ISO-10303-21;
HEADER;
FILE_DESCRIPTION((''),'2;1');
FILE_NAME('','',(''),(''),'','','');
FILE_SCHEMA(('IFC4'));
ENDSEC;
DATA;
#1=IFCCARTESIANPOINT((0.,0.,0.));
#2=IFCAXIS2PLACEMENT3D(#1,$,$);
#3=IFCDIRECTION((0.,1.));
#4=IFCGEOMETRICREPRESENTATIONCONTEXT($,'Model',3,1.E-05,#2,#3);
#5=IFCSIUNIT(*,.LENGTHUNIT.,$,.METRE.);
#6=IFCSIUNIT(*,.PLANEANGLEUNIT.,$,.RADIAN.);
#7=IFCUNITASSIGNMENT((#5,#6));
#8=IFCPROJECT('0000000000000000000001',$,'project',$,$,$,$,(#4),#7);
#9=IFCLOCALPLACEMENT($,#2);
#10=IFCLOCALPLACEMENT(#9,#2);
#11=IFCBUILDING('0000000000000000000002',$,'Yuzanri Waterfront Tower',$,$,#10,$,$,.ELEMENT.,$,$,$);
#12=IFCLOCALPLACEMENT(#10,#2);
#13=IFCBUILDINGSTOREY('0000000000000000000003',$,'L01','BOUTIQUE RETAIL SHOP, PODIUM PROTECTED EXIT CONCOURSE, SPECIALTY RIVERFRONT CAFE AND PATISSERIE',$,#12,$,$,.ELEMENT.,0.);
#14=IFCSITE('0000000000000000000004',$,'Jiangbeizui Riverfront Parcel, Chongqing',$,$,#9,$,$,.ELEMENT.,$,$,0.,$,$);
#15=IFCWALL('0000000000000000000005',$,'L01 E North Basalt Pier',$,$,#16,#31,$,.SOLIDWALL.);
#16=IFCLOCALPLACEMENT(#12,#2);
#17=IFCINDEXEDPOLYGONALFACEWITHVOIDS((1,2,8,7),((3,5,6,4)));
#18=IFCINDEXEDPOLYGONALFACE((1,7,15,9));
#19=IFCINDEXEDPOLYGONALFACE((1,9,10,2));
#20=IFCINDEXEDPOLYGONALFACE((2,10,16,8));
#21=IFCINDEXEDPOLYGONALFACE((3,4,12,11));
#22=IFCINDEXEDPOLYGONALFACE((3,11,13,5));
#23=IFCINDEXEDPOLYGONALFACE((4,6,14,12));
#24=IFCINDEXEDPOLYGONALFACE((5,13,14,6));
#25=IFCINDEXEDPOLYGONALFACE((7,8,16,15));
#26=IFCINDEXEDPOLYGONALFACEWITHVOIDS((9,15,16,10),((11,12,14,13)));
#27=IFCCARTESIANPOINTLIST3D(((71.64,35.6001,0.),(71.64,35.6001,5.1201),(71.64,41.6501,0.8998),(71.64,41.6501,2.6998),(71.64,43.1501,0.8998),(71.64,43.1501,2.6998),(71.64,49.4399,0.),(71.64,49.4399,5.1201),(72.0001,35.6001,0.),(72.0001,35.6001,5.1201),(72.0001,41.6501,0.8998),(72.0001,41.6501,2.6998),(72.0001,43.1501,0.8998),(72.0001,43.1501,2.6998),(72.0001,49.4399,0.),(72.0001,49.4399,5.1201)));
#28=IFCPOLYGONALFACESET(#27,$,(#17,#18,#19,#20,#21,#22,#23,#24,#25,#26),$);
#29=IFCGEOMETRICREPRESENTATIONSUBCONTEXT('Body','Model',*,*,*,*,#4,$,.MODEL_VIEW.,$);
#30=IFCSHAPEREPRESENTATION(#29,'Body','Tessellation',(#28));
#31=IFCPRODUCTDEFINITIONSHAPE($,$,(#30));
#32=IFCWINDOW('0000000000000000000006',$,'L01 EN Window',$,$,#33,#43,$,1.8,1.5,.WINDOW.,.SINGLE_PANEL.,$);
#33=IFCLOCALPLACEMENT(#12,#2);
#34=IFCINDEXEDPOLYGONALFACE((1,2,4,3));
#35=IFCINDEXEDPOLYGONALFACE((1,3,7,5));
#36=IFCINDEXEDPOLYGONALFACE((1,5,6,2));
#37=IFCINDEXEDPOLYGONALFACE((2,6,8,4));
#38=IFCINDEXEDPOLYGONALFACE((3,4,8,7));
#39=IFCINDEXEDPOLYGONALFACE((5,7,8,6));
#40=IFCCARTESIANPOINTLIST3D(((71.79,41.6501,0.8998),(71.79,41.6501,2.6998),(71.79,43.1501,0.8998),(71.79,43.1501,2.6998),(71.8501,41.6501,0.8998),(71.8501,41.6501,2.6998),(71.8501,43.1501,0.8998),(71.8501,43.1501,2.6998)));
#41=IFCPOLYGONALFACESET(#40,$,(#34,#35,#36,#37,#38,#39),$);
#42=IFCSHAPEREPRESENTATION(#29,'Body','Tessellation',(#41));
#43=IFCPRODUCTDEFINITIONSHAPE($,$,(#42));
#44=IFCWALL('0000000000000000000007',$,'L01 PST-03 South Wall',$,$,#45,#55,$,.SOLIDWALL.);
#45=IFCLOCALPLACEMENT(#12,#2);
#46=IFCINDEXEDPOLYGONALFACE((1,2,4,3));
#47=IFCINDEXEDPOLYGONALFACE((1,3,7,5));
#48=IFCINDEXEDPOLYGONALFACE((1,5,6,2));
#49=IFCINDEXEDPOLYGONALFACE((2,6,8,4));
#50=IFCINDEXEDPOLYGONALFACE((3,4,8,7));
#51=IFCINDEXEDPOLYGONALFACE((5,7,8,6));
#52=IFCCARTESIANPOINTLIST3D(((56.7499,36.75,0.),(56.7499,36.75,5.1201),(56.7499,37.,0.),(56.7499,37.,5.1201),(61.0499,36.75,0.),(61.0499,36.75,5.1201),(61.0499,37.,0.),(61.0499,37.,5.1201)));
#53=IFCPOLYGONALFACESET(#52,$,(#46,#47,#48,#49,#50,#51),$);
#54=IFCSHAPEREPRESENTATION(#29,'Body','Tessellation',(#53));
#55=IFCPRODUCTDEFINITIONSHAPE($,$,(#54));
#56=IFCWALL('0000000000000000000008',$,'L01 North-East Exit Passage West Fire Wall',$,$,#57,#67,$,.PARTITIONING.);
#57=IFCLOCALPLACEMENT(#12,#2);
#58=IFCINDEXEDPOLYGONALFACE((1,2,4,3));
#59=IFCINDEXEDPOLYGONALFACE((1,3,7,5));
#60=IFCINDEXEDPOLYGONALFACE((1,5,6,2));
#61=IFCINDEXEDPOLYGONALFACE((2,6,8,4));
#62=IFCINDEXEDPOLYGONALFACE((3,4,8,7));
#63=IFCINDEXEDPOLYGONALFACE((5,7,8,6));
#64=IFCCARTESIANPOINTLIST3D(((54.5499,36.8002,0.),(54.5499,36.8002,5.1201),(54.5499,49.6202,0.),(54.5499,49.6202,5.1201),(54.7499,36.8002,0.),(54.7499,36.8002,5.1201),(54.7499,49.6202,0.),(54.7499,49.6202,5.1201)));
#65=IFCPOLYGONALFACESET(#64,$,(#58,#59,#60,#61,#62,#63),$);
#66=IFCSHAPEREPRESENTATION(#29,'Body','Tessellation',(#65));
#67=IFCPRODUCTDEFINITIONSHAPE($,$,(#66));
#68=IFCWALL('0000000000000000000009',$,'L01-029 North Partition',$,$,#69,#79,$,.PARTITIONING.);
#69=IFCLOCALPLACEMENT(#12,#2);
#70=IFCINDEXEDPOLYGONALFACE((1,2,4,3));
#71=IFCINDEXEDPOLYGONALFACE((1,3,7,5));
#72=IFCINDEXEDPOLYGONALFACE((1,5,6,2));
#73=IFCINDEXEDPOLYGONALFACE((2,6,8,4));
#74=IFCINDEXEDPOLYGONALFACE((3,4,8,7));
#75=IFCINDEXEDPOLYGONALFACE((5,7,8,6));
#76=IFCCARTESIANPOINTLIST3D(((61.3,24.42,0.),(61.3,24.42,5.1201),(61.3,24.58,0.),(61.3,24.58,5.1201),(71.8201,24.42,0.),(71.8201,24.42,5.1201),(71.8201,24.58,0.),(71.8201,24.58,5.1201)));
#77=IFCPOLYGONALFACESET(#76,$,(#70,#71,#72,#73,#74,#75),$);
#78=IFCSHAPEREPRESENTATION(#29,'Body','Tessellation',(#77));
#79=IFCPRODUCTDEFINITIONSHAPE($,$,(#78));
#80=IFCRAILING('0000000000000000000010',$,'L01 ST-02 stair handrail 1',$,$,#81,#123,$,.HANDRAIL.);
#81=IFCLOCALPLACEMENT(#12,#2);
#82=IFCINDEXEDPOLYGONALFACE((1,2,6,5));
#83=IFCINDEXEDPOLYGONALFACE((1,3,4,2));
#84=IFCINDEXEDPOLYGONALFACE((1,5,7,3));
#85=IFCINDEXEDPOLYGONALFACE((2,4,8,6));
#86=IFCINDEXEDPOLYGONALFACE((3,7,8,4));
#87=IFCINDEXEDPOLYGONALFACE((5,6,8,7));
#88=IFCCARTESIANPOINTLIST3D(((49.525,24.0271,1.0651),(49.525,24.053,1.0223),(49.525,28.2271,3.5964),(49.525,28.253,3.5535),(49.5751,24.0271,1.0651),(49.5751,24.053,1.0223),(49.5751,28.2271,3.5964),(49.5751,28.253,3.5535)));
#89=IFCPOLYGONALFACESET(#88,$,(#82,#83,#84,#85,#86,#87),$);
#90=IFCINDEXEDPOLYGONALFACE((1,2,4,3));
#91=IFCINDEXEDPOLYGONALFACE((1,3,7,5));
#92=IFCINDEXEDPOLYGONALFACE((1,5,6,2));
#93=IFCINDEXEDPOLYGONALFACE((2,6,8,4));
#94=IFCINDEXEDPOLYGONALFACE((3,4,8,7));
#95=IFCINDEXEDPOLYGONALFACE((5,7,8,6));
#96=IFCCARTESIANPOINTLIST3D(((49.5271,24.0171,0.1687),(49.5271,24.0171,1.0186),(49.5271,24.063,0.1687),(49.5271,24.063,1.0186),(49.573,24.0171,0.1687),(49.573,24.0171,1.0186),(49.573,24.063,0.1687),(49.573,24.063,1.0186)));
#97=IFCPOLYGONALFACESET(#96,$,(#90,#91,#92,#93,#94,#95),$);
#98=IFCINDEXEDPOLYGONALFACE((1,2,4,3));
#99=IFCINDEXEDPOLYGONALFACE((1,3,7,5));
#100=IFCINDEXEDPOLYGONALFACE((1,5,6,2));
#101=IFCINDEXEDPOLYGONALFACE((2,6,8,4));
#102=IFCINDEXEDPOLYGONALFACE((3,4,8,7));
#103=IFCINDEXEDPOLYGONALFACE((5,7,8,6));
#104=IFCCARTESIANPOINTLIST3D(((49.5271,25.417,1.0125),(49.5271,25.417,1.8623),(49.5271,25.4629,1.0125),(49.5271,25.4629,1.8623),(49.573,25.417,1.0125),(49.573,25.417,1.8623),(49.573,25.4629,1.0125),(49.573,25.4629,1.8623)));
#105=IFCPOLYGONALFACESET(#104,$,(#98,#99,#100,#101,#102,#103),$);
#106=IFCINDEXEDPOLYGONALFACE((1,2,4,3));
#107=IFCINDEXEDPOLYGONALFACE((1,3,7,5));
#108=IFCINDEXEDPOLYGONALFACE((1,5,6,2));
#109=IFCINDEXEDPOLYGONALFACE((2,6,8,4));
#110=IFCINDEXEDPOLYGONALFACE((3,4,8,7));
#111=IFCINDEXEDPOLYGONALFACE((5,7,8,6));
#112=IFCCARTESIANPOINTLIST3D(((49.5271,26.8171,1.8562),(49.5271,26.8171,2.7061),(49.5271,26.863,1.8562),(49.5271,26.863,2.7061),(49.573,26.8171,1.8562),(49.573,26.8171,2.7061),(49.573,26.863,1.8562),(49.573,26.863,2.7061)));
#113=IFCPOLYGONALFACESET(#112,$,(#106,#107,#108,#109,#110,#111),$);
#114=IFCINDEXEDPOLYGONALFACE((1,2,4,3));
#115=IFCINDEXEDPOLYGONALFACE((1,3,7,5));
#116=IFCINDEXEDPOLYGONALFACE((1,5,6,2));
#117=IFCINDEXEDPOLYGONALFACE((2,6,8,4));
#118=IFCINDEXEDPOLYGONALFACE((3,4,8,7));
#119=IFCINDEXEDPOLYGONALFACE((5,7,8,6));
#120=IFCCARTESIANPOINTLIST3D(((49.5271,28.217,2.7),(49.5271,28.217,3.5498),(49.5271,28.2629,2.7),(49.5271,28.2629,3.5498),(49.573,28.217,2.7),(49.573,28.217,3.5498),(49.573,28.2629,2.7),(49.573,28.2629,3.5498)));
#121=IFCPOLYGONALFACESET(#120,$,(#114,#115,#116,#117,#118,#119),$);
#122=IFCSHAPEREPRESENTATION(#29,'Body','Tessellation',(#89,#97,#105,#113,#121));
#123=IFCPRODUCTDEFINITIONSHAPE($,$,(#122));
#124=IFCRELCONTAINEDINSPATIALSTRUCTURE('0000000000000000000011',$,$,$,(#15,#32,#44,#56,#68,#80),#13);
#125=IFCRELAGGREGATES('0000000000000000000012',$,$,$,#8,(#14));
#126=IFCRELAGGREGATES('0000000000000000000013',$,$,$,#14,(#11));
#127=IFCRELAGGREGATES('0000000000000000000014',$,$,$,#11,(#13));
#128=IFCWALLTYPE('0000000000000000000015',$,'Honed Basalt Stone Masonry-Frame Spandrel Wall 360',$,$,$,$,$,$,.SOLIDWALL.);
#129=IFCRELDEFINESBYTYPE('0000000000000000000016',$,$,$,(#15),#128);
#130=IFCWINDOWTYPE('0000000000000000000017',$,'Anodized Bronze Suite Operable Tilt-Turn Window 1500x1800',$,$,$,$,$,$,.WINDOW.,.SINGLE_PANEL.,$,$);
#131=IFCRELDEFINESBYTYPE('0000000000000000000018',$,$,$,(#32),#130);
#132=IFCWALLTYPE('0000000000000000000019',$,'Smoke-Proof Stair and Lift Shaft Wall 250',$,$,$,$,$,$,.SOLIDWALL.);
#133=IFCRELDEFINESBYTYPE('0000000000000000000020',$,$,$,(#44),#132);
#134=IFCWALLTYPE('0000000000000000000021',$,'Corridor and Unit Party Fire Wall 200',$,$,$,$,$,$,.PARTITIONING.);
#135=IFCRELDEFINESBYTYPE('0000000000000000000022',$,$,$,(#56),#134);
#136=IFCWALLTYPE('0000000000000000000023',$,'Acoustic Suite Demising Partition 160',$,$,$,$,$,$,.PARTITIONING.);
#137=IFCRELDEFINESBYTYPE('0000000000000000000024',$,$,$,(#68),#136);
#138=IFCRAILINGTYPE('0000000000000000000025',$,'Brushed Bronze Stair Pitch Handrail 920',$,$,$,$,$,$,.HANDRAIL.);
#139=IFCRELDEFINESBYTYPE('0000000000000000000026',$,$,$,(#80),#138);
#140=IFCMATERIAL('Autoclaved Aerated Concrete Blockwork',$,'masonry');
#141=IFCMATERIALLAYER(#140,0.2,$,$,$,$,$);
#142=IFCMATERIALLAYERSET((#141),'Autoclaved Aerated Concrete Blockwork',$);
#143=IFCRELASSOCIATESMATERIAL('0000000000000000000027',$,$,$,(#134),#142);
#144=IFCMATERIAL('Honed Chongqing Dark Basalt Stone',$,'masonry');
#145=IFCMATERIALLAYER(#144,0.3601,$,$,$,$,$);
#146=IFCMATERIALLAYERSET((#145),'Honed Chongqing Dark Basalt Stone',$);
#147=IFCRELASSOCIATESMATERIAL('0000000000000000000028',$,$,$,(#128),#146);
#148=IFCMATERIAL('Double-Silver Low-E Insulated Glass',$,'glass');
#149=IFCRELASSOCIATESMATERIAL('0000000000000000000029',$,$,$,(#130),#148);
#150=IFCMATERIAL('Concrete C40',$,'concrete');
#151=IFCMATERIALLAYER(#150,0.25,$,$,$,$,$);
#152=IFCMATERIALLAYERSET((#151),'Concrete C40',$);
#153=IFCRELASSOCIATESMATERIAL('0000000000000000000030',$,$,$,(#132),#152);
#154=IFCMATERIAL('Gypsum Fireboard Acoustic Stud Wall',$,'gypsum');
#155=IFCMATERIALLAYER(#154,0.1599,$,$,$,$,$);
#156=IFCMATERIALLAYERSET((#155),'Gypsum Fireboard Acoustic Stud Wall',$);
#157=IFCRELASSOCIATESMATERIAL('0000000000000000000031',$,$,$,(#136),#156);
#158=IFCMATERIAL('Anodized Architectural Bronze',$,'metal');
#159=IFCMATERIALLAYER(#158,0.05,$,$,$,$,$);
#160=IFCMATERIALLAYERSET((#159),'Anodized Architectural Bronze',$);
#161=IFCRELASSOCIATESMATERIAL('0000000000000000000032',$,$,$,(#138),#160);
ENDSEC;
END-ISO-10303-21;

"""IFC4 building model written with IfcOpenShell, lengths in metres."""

from ifc_helpers import new_model, si_unit, direction, frame, frame_2d, origin, origin_2d, place, context, subcontext, project, spatial, rectangle, extrude, source, transform, mapped, material, layer, layer_set, type_object, element, fill, save


model = new_model("IFC4")

# Units and contexts
model_context = context("Model", 3, precision=1e-05, world=origin(), true_north=direction((0.0, 1.0)))
body_context = subcontext(model_context, "Body", "Model", "MODEL_VIEW")
ifc_project = project(units=[si_unit("LENGTHUNIT", "METRE"), si_unit("PLANEANGLEUNIT", "RADIAN")], contexts=[model_context])

# Site, building, storey
site_placement = place(None, origin())
site = spatial("IfcSite", under=ifc_project, at=site_placement, Name="Jiangbeizui Riverfront Parcel, Chongqing", CompositionType="ELEMENT", RefElevation=0.0)
building_placement = place(site_placement, origin())
building = spatial("IfcBuilding", under=site, at=building_placement, Name="Yuzanri Waterfront Tower", CompositionType="ELEMENT")
storey_placement = place(building_placement, origin())
storey = spatial("IfcBuildingStorey", under=building, at=storey_placement, Name="L01", Description="BOUTIQUE RETAIL SHOP, PODIUM PROTECTED EXIT CONCOURSE, SPECIALTY RIVERFRONT CAFE AND PATISSERIE", CompositionType="ELEMENT", Elevation=0.0)

# Shared definitions
ifc_material_1 = material(Name="Autoclaved Aerated Concrete Blockwork", Category="masonry")
ifc_layer_1 = layer(ifc_material_1, 0.2)
ifc_layer_set_1 = layer_set([ifc_layer_1], Name="Autoclaved Aerated Concrete Blockwork")
wall_type_1 = type_object("IfcWallType", Name="Corridor and Unit Party Fire Wall 200", PredefinedType="PARTITIONING", material=ifc_layer_set_1)

# Wall, opening, window
ifc_material_2 = material(Name="Honed Chongqing Dark Basalt Stone", Category="masonry")
ifc_layer_2 = layer(ifc_material_2, 0.3601)
ifc_layer_set_2 = layer_set([ifc_layer_2], Name="Honed Chongqing Dark Basalt Stone")
wall_type_2 = type_object("IfcWallType", Name="Honed Basalt Stone Masonry-Frame Spandrel Wall 360", PredefinedType="SOLIDWALL", material=ifc_layer_set_2)
wall_1_placement = place(storey_placement, frame((71.8201, 35.6001, 0.0), z_axis=(0.0, 0.0, 1.0), x_axis=(0.0, 1.0, 0.0)))
wall_1 = element("IfcWall", 1, at=wall_1_placement, inside=storey, type_object=wall_type_2, Name="L01 E North Basalt Pier", PredefinedType="SOLIDWALL", context=body_context, shape_type="SweptSolid", body=[
    extrude(rectangle(XDim=13.8398, YDim=0.3601, at=frame_2d((6.9199, 0.0))), origin(), (0.0, 0.0, 1.0), 5.1201),
])
opening_1_placement = place(wall_1_placement, frame((6.05, 0.0, 0.8999)))
opening_1 = element("IfcOpeningElement", 2, at=opening_1_placement, cuts=wall_1, PredefinedType="OPENING", context=body_context, shape_type="SweptSolid", body=[
    extrude(rectangle(XDim=1.5, YDim=1.8, at=frame_2d((0.75, 0.8999))), frame((0.0, 0.1948, 0.0), z_axis=(0.0, -1.0, 0.0), x_axis=(1.0, 0.0, 0.0)), (0.0, 0.0, 1.0), 0.3899),
])
ifc_material_3 = material(Name="Double-Silver Low-E Insulated Glass", Category="glass")
window_type = type_object("IfcWindowType", Name="Anodized Bronze Suite Operable Tilt-Turn Window 1500x1800", PartitioningType="SINGLE_PANEL", PredefinedType="WINDOW", material=ifc_material_3)
shared_shape_1 = source(origin(), body_context, "Body", "SweptSolid", [
    extrude(rectangle(XDim=1.5, YDim=1.8, at=frame_2d((0.75, 0.8999))), frame((0.0, 0.03, 0.0), z_axis=(0.0, -1.0, 0.0), x_axis=(1.0, 0.0, 0.0)), (0.0, 0.0, 1.0), 0.0601),
])
window_placement = place(opening_1_placement, origin())
window = element("IfcWindow", 3, at=window_placement, inside=storey, type_object=window_type, Name="L01 EN Window", OverallHeight=1.8, OverallWidth=1.5, PartitioningType="SINGLE_PANEL", PredefinedType="WINDOW", context=body_context, shape_type="MappedRepresentation", body=[
    mapped(shared_shape_1, transform((0.0, 0.0, 0.0), scale=1.0)),
])
fill(opening_1, window)

# Walls
ifc_material_4 = material(Name="Concrete C40", Category="concrete")
ifc_layer_3 = layer(ifc_material_4, 0.25)
ifc_layer_set_3 = layer_set([ifc_layer_3], Name="Concrete C40")
wall_type_3 = type_object("IfcWallType", Name="Smoke-Proof Stair and Lift Shaft Wall 250", PredefinedType="SOLIDWALL", material=ifc_layer_set_3)
shared_shape_2 = source(origin(), body_context, "Body", "SweptSolid", [
    extrude(rectangle(XDim=4.3, YDim=0.25, at=frame_2d((2.1499, 0.0))), origin(), (0.0, 0.0, 1.0), 5.1201),
])
wall_2_placement = place(storey_placement, frame((56.75, 36.875, 0.0), z_axis=(0.0, 0.0, 1.0), x_axis=(1.0, 0.0, 0.0)))
element("IfcWall", 4, at=wall_2_placement, inside=storey, type_object=wall_type_3, Name="L01 PST-03 South Wall", PredefinedType="SOLIDWALL", context=body_context, shape_type="MappedRepresentation", body=[
    mapped(shared_shape_2, transform((0.0, 0.0, 0.0), scale=1.0)),
])
shared_shape_3 = source(origin(), body_context, "Body", "SweptSolid", [
    extrude(rectangle(XDim=12.8201, YDim=0.2, at=frame_2d((6.4102, 0.0))), origin(), (0.0, 0.0, 1.0), 5.1201),
])
wall_3_placement = place(storey_placement, frame((54.6499, 36.8, 0.0), z_axis=(0.0, 0.0, 1.0), x_axis=(0.0, 1.0, 0.0)))
element("IfcWall", 5, at=wall_3_placement, inside=storey, type_object=wall_type_1, Name="L01 North-East Exit Passage West Fire Wall", PredefinedType="PARTITIONING", context=body_context, shape_type="MappedRepresentation", body=[
    mapped(shared_shape_3, transform((0.0, 0.0, 0.0), scale=1.0)),
])
ifc_material_5 = material(Name="Gypsum Fireboard Acoustic Stud Wall", Category="gypsum")
ifc_layer_4 = layer(ifc_material_5, 0.1599)
ifc_layer_set_4 = layer_set([ifc_layer_4], Name="Gypsum Fireboard Acoustic Stud Wall")
wall_type_4 = type_object("IfcWallType", Name="Acoustic Suite Demising Partition 160", PredefinedType="PARTITIONING", material=ifc_layer_set_4)
shared_shape_4 = source(origin(), body_context, "Body", "SweptSolid", [
    extrude(rectangle(XDim=10.52, YDim=0.1599, at=frame_2d((5.26, 0.0))), origin(), (0.0, 0.0, 1.0), 5.1201),
])
wall_4_placement = place(storey_placement, frame((61.3, 24.5, 0.0), z_axis=(0.0, 0.0, 1.0), x_axis=(1.0, 0.0, 0.0)))
element("IfcWall", 6, at=wall_4_placement, inside=storey, type_object=wall_type_4, Name="L01-029 North Partition", PredefinedType="PARTITIONING", context=body_context, shape_type="MappedRepresentation", body=[
    mapped(shared_shape_4, transform((0.0, 0.0, 0.0), scale=1.0)),
])

# Railing
ifc_material_6 = material(Name="Anodized Architectural Bronze", Category="metal")
ifc_layer_5 = layer(ifc_material_6, 0.05)
ifc_layer_set_5 = layer_set([ifc_layer_5], Name="Anodized Architectural Bronze")
railing_type = type_object("IfcRailingType", Name="Brushed Bronze Stair Pitch Handrail 920", PredefinedType="HANDRAIL", material=ifc_layer_set_5)
shared_shape_5 = source(origin(), body_context, "Body", "SweptSolid", [
    extrude(rectangle(XDim=0.05, YDim=0.05, at=origin_2d()), frame((0.0, 0.0, 0.875), z_axis=(0.0, 0.856476, 0.516186), x_axis=(-1.0, 0.0, 0.0)), (0.0, 0.0, 1.0), 4.9038),
    extrude(rectangle(XDim=0.0459, YDim=0.0459, at=origin_2d()), origin(), (0.0, 0.0, 1.0), 0.8499),
    extrude(rectangle(XDim=0.0459, YDim=0.0459, at=origin_2d()), frame((0.0, 1.3999, 0.8438)), (0.0, 0.0, 1.0), 0.8499),
    extrude(rectangle(XDim=0.0459, YDim=0.0459, at=origin_2d()), frame((0.0, 2.8, 1.6875)), (0.0, 0.0, 1.0), 0.8499),
    extrude(rectangle(XDim=0.0459, YDim=0.0459, at=origin_2d()), frame((0.0, 4.2, 2.5312)), (0.0, 0.0, 1.0), 0.8499),
])
railing_placement = place(storey_placement, frame((49.55, 24.04, 0.1687)))
element("IfcRailing", 7, at=railing_placement, inside=storey, type_object=railing_type, Name="L01 ST-02 stair handrail 1", PredefinedType="HANDRAIL", context=body_context, shape_type="MappedRepresentation", body=[
    mapped(shared_shape_5, transform((0.0, 0.0, 0.0), scale=1.0)),
])

save(model, "model.ifc")
